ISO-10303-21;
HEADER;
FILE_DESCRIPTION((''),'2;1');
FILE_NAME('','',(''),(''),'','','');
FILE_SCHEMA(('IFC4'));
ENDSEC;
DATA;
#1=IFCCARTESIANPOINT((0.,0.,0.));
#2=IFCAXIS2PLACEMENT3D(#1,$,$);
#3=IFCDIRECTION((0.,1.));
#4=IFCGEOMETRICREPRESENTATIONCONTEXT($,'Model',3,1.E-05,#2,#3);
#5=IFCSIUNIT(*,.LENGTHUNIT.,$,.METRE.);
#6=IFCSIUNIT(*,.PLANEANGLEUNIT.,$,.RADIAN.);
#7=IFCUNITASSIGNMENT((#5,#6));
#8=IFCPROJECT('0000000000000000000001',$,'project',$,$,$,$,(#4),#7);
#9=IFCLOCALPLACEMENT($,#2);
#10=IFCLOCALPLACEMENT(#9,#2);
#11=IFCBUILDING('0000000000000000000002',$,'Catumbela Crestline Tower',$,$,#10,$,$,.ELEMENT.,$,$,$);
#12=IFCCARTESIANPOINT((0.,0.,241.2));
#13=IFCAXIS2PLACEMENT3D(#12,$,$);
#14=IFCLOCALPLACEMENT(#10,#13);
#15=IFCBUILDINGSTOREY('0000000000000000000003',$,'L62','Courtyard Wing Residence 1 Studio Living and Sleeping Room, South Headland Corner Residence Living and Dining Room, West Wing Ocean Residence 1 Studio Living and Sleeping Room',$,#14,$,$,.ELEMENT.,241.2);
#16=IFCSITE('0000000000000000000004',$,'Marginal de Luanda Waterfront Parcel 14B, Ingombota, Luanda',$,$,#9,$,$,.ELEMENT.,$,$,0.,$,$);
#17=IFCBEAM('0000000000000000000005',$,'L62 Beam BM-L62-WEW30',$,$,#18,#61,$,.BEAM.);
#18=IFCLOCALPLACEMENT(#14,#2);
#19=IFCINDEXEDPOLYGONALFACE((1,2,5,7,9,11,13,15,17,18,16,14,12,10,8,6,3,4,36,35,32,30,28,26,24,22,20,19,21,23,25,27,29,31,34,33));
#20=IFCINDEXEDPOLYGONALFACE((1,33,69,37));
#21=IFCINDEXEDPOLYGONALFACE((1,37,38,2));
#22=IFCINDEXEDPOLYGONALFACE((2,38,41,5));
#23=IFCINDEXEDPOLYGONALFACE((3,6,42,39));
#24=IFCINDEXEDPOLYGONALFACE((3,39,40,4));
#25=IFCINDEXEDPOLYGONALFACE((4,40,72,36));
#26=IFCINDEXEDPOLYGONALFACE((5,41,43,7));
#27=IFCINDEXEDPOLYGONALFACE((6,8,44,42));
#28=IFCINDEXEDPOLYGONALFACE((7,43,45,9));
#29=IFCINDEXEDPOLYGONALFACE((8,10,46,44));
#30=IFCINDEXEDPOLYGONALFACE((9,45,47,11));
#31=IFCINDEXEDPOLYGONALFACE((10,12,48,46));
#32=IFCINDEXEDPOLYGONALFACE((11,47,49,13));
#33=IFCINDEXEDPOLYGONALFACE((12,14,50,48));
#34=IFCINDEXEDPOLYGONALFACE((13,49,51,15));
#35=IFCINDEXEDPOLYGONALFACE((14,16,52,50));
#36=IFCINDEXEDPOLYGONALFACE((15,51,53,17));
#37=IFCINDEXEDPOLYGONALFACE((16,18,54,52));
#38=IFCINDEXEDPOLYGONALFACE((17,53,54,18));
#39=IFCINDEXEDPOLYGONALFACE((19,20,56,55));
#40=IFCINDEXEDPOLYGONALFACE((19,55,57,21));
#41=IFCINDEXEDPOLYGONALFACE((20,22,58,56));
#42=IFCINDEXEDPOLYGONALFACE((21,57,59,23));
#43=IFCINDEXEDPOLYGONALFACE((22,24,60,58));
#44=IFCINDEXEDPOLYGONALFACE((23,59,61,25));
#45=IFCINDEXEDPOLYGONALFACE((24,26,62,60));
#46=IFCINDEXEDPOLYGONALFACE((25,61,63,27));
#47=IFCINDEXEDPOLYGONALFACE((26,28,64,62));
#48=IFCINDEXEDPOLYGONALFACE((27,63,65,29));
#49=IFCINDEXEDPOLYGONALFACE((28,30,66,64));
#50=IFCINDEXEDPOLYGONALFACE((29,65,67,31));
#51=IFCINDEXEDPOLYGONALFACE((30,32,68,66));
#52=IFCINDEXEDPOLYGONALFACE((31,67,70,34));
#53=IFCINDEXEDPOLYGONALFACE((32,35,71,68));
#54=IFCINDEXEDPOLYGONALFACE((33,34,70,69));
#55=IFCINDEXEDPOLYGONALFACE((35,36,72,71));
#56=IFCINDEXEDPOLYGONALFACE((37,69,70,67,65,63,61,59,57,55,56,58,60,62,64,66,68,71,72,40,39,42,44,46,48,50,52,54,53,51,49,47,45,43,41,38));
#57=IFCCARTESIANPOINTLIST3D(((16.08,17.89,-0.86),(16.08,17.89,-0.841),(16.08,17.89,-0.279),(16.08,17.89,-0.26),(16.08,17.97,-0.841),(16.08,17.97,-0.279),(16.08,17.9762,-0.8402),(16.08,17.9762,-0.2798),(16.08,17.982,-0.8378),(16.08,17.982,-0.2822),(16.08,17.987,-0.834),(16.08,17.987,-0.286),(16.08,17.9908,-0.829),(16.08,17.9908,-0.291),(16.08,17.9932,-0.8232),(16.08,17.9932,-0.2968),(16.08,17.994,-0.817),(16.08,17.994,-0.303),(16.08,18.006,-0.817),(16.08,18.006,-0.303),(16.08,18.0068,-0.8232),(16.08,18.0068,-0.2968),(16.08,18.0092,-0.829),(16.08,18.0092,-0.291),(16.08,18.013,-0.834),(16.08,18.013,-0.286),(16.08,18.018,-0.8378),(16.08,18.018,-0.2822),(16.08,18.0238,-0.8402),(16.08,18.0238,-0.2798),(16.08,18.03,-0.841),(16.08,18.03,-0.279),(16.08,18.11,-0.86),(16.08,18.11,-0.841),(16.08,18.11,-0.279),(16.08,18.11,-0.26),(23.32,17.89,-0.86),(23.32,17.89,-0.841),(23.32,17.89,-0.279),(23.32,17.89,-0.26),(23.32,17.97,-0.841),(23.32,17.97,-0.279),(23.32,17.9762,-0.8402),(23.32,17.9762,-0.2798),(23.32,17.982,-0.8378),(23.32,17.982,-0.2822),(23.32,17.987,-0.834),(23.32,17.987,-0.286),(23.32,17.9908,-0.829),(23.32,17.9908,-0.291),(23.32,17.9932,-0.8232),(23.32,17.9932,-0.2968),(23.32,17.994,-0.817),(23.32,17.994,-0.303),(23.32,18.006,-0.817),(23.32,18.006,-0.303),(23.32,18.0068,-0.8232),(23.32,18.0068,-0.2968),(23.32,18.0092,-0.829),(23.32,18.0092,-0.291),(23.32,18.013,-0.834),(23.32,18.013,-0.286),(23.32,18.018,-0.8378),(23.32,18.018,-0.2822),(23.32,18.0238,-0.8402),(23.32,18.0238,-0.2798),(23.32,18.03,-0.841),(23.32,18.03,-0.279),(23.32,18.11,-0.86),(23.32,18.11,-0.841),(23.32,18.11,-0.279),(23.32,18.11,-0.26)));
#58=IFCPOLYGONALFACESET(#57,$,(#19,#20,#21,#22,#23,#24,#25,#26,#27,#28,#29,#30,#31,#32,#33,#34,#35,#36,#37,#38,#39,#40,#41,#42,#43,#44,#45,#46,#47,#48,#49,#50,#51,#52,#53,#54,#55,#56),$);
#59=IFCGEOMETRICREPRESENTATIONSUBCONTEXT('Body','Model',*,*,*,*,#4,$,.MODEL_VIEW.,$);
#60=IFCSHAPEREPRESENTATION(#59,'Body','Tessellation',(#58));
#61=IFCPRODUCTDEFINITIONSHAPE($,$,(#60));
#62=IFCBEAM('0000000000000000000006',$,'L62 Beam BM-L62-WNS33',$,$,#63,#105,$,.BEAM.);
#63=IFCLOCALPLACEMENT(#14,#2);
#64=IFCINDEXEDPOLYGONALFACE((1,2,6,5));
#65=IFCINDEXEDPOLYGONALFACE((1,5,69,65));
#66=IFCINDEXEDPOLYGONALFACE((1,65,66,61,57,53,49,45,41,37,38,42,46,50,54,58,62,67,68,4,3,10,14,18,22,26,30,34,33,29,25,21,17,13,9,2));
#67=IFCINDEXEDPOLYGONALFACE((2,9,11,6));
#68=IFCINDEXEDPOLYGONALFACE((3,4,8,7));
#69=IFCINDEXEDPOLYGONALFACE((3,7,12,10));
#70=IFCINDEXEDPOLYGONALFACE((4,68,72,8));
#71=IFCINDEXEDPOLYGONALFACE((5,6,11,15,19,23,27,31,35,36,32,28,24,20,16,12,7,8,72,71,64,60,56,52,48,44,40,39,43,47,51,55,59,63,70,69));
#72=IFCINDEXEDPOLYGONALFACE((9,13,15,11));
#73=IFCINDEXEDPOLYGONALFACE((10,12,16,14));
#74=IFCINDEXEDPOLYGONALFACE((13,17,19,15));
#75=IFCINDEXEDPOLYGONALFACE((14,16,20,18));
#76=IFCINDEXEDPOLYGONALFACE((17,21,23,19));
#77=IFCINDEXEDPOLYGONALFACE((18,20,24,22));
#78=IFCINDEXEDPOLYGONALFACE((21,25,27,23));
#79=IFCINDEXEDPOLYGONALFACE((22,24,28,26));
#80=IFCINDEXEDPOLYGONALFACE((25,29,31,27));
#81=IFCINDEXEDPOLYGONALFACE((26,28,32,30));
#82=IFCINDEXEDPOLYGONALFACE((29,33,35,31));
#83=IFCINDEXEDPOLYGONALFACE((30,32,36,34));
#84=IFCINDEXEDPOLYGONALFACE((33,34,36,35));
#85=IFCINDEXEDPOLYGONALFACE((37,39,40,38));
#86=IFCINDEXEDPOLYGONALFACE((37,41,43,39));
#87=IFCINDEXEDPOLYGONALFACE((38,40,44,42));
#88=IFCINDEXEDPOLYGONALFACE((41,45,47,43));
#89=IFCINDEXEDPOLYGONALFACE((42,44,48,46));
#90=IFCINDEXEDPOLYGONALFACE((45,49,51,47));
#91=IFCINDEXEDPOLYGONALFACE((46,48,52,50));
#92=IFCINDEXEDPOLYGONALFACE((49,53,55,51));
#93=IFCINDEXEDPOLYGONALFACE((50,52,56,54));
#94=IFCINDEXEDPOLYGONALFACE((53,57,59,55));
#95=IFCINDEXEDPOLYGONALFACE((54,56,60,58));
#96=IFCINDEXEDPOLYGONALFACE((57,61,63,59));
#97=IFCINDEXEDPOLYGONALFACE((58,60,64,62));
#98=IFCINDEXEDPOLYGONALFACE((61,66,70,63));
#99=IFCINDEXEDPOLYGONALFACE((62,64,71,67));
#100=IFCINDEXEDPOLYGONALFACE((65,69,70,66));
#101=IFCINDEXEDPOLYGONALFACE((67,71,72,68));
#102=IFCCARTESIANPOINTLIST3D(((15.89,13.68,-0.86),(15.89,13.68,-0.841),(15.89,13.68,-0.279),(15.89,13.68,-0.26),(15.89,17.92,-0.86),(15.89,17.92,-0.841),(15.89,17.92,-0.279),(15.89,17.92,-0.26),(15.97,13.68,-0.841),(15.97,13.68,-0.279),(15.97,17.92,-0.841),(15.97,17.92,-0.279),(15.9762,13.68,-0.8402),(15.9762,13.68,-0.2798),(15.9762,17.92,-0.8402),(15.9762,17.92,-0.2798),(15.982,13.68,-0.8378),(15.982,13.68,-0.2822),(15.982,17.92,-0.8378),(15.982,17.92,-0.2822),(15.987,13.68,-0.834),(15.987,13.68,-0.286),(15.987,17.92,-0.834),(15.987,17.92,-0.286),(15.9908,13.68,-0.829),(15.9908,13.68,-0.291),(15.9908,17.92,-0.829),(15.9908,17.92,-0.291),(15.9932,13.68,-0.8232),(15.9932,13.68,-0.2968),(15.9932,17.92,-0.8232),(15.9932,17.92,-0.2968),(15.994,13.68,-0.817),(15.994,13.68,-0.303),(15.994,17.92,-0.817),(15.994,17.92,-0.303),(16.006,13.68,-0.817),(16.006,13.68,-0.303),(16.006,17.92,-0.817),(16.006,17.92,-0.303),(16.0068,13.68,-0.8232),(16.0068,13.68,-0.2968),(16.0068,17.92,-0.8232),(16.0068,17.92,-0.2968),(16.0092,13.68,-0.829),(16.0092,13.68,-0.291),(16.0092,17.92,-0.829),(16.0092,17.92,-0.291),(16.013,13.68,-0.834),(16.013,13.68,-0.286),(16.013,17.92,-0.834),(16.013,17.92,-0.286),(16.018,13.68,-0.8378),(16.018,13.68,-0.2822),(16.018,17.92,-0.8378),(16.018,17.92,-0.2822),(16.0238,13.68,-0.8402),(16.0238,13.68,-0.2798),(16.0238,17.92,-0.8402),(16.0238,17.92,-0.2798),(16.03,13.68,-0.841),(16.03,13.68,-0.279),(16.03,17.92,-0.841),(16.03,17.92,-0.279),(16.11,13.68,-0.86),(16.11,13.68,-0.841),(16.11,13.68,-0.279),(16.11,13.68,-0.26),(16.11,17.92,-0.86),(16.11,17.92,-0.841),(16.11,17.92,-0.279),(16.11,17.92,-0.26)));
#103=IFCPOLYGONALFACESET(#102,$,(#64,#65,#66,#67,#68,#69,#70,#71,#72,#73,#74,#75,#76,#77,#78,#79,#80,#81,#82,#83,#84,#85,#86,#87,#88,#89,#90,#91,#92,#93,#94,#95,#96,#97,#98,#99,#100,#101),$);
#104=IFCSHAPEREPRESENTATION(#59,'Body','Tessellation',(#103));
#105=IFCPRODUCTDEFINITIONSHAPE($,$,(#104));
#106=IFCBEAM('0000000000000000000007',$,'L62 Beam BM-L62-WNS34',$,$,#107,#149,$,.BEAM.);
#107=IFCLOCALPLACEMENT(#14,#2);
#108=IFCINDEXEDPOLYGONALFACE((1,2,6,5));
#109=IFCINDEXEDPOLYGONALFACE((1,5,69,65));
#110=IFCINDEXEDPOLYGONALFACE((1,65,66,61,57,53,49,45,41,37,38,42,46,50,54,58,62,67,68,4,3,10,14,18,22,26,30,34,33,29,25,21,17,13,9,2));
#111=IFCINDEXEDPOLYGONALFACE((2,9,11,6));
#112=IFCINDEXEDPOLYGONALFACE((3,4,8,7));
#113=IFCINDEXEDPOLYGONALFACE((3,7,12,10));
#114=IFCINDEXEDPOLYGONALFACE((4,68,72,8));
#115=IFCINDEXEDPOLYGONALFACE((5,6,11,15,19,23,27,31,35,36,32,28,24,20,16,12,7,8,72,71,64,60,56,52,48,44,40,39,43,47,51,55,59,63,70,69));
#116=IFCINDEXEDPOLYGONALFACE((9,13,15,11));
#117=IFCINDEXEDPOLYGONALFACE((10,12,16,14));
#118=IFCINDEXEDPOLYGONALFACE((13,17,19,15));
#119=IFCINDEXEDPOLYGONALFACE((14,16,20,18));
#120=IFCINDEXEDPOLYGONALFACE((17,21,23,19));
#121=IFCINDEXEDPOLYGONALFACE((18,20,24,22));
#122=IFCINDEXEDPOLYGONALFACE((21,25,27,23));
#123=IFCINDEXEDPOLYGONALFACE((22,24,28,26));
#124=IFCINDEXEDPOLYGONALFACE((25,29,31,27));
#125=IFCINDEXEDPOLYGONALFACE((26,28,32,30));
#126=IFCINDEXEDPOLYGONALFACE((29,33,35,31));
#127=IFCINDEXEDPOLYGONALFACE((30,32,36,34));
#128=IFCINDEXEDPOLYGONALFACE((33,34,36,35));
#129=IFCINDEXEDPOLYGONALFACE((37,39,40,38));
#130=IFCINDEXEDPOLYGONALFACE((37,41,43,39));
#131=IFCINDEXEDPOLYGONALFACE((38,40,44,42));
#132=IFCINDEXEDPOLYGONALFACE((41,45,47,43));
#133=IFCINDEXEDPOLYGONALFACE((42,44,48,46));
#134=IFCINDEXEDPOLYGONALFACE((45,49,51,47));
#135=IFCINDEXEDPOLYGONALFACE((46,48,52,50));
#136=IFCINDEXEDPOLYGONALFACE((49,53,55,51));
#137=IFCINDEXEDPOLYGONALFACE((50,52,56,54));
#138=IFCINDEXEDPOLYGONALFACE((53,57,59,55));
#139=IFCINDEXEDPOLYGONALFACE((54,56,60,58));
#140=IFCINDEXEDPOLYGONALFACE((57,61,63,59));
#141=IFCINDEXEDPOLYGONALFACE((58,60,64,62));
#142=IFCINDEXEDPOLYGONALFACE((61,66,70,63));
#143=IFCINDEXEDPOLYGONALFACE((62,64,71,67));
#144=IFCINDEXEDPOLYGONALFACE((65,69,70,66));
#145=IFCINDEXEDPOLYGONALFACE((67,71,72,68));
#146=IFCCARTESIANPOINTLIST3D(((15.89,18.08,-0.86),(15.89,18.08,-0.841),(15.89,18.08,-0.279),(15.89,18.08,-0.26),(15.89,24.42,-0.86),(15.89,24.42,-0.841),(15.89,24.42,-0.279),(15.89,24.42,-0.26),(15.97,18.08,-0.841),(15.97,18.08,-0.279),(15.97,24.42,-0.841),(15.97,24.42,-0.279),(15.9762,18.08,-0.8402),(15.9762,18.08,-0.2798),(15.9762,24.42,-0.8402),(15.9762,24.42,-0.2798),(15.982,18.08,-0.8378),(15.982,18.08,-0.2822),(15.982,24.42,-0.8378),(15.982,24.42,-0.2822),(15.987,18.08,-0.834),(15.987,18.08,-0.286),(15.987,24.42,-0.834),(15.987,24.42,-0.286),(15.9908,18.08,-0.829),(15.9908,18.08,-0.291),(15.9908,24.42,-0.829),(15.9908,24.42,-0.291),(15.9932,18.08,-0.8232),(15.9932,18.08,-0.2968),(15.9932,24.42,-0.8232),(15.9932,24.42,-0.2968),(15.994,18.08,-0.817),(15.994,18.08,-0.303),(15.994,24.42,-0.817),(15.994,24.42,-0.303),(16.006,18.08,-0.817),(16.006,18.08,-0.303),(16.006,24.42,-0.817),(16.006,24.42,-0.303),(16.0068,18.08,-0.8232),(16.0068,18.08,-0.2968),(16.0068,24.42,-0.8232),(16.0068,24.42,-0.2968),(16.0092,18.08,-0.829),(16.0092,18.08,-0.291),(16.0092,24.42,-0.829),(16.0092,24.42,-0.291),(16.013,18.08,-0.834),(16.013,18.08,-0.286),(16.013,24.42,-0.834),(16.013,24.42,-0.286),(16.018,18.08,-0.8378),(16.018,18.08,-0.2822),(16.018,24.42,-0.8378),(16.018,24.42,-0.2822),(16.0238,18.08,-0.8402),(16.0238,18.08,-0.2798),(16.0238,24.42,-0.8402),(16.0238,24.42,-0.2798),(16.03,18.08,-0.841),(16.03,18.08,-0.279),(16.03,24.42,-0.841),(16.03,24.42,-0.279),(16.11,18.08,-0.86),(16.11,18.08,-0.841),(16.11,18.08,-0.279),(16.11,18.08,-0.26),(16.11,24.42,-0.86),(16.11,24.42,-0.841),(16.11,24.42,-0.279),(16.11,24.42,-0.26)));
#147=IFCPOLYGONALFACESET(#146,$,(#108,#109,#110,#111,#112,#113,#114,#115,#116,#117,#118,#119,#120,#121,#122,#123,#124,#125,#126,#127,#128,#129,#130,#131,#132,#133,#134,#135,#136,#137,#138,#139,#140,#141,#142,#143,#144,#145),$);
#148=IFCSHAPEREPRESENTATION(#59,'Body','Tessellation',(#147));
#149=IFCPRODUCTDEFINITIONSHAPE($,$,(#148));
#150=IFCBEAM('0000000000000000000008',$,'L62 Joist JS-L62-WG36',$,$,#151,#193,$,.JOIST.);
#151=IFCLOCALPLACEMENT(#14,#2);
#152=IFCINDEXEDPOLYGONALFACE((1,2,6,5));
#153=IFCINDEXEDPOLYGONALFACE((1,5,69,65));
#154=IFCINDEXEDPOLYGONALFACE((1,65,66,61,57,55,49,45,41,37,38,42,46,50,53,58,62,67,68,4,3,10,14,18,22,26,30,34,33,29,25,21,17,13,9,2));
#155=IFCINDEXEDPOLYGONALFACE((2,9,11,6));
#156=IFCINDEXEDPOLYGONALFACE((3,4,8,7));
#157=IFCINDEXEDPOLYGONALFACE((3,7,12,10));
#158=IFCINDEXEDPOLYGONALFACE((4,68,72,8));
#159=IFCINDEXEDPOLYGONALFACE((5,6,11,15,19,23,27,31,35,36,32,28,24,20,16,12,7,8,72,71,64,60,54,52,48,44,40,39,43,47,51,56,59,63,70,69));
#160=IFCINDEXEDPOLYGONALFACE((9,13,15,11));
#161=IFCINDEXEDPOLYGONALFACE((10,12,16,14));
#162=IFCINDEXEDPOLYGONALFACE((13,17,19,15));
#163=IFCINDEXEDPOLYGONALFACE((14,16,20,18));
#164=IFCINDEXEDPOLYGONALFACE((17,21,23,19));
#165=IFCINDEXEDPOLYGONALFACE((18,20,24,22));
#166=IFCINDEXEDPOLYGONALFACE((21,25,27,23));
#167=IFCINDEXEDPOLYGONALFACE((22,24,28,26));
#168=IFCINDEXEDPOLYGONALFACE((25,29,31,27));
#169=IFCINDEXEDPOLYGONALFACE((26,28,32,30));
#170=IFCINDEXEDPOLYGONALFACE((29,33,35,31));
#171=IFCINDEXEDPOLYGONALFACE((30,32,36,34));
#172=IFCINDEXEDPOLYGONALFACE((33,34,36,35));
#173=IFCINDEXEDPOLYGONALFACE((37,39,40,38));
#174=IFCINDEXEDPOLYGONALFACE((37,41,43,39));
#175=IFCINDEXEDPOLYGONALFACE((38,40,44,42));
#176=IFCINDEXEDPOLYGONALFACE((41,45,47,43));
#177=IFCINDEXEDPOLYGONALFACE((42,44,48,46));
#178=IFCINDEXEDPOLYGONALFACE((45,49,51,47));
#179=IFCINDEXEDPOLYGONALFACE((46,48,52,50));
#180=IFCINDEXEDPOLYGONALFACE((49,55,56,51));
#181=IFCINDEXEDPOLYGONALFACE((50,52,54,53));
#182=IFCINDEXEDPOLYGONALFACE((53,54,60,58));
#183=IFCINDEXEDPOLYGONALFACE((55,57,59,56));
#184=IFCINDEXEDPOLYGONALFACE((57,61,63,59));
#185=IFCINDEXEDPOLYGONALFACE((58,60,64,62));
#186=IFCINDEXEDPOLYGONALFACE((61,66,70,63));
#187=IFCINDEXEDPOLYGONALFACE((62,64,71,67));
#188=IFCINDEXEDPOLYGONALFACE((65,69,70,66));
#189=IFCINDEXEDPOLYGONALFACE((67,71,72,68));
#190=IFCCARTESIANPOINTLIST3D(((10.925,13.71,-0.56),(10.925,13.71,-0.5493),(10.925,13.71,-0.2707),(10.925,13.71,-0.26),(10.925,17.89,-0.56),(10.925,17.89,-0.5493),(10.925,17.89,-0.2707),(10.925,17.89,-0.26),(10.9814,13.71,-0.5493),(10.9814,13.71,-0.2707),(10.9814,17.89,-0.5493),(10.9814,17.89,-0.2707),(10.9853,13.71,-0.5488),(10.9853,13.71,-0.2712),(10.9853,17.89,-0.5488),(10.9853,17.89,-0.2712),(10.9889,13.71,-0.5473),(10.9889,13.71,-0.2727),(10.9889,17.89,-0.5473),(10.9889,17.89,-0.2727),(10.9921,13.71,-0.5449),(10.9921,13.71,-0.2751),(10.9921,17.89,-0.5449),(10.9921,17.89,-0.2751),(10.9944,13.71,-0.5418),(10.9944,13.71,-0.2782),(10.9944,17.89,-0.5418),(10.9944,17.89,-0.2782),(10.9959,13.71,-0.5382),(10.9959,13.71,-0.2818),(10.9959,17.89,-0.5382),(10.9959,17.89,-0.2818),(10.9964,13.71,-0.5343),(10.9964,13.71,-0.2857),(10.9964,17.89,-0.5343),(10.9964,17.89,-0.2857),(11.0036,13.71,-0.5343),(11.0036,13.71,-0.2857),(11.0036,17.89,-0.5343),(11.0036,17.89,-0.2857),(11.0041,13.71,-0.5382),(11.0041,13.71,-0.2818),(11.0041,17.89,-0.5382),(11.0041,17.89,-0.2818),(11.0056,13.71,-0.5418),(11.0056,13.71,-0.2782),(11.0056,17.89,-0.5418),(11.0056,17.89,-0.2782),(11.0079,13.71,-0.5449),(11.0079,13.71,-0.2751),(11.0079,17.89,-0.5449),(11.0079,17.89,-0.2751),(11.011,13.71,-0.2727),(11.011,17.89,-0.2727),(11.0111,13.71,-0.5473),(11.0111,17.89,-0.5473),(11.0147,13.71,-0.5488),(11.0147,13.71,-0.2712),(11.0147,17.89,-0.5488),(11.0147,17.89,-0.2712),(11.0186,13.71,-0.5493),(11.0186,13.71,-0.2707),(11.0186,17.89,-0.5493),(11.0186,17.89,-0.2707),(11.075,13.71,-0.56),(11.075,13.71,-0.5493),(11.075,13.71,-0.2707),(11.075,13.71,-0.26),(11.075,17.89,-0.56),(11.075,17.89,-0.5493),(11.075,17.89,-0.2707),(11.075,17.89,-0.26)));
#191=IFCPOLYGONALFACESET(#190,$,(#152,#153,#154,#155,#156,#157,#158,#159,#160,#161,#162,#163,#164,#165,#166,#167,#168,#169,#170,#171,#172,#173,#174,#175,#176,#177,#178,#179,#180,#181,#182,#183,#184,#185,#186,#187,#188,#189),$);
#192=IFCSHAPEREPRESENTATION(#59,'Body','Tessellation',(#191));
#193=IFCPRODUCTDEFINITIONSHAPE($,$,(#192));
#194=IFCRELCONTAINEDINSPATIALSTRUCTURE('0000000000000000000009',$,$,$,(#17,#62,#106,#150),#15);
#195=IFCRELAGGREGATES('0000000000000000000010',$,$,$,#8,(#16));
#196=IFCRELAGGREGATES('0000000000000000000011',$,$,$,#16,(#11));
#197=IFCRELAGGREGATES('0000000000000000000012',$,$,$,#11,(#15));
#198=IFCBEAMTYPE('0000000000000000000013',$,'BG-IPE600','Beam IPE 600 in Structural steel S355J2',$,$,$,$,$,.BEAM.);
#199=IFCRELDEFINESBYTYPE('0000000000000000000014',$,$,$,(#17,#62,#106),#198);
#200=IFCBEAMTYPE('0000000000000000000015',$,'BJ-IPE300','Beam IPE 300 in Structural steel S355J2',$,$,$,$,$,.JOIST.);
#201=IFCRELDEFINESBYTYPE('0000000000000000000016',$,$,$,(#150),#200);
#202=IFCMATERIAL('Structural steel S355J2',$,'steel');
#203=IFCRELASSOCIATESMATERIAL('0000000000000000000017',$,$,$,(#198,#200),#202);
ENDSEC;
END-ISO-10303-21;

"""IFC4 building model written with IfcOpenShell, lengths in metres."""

from ifc_helpers import new_model, si_unit, direction, frame, origin, origin_2d, place, context, subcontext, project, spatial, i_section, extrude, material, material_profile, profile_set, type_object, element, save


model = new_model("IFC4")

# Units and contexts
model_context = context("Model", 3, precision=1e-05, world=origin(), true_north=direction((0.0, 1.0)))
body_context = subcontext(model_context, "Body", "Model", "MODEL_VIEW")
ifc_project = project(units=[si_unit("LENGTHUNIT", "METRE"), si_unit("PLANEANGLEUNIT", "RADIAN")], contexts=[model_context])

# Site, building, storey
site_placement = place(None, origin())
site = spatial("IfcSite", under=ifc_project, at=site_placement, Name="Marginal de Luanda Waterfront Parcel 14B, Ingombota, Luanda", CompositionType="ELEMENT", RefElevation=0.0)
building_placement = place(site_placement, origin())
building = spatial("IfcBuilding", under=site, at=building_placement, Name="Catumbela Crestline Tower", CompositionType="ELEMENT")
storey_placement = place(building_placement, frame((0.0, 0.0, 241.2)))
storey = spatial("IfcBuildingStorey", under=building, at=storey_placement, Name="L62", Description="Courtyard Wing Residence 1 Studio Living and Sleeping Room, South Headland Corner Residence Living and Dining Room, West Wing Ocean Residence 1 Studio Living and Sleeping Room", CompositionType="ELEMENT", Elevation=241.2)

# Shared definitions
ifc_material_1 = material(Name="Structural steel S355J2", Category="steel")

# Beams
ifc_material_profile_1 = material_profile(ifc_material_1, i_section(OverallWidth=0.22, OverallDepth=0.6, WebThickness=0.012, FlangeThickness=0.019, FilletRadius=0.024, at=origin_2d()), Name="IPE 600")
ifc_profile_set_1 = profile_set([ifc_material_profile_1], Name="Structural steel S355J2")
beam_type_1 = type_object("IfcBeamType", Name="BG-IPE600", Description="Beam IPE 600 in Structural steel S355J2", PredefinedType="BEAM", material=ifc_profile_set_1)
beam_1_placement = place(storey_placement, frame((16.08, 18.0, -0.56), z_axis=(1.0, 0.0, 0.0), x_axis=(0.0, 1.0, 0.0)))
element("IfcBeam", 1, at=beam_1_placement, inside=storey, type_object=beam_type_1, Name="L62 Beam BM-L62-WEW30", PredefinedType="BEAM", context=body_context, shape_type="SweptSolid", body=[
    extrude(i_section(OverallWidth=0.22, OverallDepth=0.6, WebThickness=0.012, FlangeThickness=0.019, FilletRadius=0.024, at=origin_2d()), origin(), (0.0, 0.0, 1.0), 7.24),
])
beam_2_placement = place(storey_placement, frame((16.0, 13.68, -0.56), z_axis=(0.0, 1.0, 0.0), x_axis=(-1.0, 0.0, 0.0)))
element("IfcBeam", 2, at=beam_2_placement, inside=storey, type_object=beam_type_1, Name="L62 Beam BM-L62-WNS33", PredefinedType="BEAM", context=body_context, shape_type="SweptSolid", body=[
    extrude(i_section(OverallWidth=0.22, OverallDepth=0.6, WebThickness=0.012, FlangeThickness=0.019, FilletRadius=0.024, at=origin_2d()), origin(), (0.0, 0.0, 1.0), 4.24),
])
beam_3_placement = place(storey_placement, frame((16.0, 18.08, -0.56), z_axis=(0.0, 1.0, 0.0), x_axis=(-1.0, 0.0, 0.0)))
element("IfcBeam", 3, at=beam_3_placement, inside=storey, type_object=beam_type_1, Name="L62 Beam BM-L62-WNS34", PredefinedType="BEAM", context=body_context, shape_type="SweptSolid", body=[
    extrude(i_section(OverallWidth=0.22, OverallDepth=0.6, WebThickness=0.012, FlangeThickness=0.019, FilletRadius=0.024, at=origin_2d()), origin(), (0.0, 0.0, 1.0), 6.34),
])
ifc_material_profile_2 = material_profile(ifc_material_1, i_section(OverallWidth=0.15, OverallDepth=0.3, WebThickness=0.0071, FlangeThickness=0.0107, FilletRadius=0.015, at=origin_2d()), Name="IPE 300")
ifc_profile_set_2 = profile_set([ifc_material_profile_2], Name="Structural steel S355J2")
beam_type_2 = type_object("IfcBeamType", Name="BJ-IPE300", Description="Beam IPE 300 in Structural steel S355J2", PredefinedType="JOIST", material=ifc_profile_set_2)
for number, where, z_axis, x_axis, name in (
    (4, (11.0, 13.71, -0.41), (0.0, 1.0, 0.0), (-1.0, 0.0, 0.0), "L62 Joist JS-L62-WG36"),
):
    element("IfcBeam", number, at=place(storey_placement, frame(where, z_axis=z_axis, x_axis=x_axis)), inside=storey, type_object=beam_type_2, Name=name, PredefinedType="JOIST", context=body_context, shape_type="SweptSolid", body=[
        extrude(i_section(OverallWidth=0.15, OverallDepth=0.3, WebThickness=0.0071, FlangeThickness=0.0107, FilletRadius=0.015, at=origin_2d()), origin(), (0.0, 0.0, 1.0), 4.18),
    ])

save(model, "model.ifc")
